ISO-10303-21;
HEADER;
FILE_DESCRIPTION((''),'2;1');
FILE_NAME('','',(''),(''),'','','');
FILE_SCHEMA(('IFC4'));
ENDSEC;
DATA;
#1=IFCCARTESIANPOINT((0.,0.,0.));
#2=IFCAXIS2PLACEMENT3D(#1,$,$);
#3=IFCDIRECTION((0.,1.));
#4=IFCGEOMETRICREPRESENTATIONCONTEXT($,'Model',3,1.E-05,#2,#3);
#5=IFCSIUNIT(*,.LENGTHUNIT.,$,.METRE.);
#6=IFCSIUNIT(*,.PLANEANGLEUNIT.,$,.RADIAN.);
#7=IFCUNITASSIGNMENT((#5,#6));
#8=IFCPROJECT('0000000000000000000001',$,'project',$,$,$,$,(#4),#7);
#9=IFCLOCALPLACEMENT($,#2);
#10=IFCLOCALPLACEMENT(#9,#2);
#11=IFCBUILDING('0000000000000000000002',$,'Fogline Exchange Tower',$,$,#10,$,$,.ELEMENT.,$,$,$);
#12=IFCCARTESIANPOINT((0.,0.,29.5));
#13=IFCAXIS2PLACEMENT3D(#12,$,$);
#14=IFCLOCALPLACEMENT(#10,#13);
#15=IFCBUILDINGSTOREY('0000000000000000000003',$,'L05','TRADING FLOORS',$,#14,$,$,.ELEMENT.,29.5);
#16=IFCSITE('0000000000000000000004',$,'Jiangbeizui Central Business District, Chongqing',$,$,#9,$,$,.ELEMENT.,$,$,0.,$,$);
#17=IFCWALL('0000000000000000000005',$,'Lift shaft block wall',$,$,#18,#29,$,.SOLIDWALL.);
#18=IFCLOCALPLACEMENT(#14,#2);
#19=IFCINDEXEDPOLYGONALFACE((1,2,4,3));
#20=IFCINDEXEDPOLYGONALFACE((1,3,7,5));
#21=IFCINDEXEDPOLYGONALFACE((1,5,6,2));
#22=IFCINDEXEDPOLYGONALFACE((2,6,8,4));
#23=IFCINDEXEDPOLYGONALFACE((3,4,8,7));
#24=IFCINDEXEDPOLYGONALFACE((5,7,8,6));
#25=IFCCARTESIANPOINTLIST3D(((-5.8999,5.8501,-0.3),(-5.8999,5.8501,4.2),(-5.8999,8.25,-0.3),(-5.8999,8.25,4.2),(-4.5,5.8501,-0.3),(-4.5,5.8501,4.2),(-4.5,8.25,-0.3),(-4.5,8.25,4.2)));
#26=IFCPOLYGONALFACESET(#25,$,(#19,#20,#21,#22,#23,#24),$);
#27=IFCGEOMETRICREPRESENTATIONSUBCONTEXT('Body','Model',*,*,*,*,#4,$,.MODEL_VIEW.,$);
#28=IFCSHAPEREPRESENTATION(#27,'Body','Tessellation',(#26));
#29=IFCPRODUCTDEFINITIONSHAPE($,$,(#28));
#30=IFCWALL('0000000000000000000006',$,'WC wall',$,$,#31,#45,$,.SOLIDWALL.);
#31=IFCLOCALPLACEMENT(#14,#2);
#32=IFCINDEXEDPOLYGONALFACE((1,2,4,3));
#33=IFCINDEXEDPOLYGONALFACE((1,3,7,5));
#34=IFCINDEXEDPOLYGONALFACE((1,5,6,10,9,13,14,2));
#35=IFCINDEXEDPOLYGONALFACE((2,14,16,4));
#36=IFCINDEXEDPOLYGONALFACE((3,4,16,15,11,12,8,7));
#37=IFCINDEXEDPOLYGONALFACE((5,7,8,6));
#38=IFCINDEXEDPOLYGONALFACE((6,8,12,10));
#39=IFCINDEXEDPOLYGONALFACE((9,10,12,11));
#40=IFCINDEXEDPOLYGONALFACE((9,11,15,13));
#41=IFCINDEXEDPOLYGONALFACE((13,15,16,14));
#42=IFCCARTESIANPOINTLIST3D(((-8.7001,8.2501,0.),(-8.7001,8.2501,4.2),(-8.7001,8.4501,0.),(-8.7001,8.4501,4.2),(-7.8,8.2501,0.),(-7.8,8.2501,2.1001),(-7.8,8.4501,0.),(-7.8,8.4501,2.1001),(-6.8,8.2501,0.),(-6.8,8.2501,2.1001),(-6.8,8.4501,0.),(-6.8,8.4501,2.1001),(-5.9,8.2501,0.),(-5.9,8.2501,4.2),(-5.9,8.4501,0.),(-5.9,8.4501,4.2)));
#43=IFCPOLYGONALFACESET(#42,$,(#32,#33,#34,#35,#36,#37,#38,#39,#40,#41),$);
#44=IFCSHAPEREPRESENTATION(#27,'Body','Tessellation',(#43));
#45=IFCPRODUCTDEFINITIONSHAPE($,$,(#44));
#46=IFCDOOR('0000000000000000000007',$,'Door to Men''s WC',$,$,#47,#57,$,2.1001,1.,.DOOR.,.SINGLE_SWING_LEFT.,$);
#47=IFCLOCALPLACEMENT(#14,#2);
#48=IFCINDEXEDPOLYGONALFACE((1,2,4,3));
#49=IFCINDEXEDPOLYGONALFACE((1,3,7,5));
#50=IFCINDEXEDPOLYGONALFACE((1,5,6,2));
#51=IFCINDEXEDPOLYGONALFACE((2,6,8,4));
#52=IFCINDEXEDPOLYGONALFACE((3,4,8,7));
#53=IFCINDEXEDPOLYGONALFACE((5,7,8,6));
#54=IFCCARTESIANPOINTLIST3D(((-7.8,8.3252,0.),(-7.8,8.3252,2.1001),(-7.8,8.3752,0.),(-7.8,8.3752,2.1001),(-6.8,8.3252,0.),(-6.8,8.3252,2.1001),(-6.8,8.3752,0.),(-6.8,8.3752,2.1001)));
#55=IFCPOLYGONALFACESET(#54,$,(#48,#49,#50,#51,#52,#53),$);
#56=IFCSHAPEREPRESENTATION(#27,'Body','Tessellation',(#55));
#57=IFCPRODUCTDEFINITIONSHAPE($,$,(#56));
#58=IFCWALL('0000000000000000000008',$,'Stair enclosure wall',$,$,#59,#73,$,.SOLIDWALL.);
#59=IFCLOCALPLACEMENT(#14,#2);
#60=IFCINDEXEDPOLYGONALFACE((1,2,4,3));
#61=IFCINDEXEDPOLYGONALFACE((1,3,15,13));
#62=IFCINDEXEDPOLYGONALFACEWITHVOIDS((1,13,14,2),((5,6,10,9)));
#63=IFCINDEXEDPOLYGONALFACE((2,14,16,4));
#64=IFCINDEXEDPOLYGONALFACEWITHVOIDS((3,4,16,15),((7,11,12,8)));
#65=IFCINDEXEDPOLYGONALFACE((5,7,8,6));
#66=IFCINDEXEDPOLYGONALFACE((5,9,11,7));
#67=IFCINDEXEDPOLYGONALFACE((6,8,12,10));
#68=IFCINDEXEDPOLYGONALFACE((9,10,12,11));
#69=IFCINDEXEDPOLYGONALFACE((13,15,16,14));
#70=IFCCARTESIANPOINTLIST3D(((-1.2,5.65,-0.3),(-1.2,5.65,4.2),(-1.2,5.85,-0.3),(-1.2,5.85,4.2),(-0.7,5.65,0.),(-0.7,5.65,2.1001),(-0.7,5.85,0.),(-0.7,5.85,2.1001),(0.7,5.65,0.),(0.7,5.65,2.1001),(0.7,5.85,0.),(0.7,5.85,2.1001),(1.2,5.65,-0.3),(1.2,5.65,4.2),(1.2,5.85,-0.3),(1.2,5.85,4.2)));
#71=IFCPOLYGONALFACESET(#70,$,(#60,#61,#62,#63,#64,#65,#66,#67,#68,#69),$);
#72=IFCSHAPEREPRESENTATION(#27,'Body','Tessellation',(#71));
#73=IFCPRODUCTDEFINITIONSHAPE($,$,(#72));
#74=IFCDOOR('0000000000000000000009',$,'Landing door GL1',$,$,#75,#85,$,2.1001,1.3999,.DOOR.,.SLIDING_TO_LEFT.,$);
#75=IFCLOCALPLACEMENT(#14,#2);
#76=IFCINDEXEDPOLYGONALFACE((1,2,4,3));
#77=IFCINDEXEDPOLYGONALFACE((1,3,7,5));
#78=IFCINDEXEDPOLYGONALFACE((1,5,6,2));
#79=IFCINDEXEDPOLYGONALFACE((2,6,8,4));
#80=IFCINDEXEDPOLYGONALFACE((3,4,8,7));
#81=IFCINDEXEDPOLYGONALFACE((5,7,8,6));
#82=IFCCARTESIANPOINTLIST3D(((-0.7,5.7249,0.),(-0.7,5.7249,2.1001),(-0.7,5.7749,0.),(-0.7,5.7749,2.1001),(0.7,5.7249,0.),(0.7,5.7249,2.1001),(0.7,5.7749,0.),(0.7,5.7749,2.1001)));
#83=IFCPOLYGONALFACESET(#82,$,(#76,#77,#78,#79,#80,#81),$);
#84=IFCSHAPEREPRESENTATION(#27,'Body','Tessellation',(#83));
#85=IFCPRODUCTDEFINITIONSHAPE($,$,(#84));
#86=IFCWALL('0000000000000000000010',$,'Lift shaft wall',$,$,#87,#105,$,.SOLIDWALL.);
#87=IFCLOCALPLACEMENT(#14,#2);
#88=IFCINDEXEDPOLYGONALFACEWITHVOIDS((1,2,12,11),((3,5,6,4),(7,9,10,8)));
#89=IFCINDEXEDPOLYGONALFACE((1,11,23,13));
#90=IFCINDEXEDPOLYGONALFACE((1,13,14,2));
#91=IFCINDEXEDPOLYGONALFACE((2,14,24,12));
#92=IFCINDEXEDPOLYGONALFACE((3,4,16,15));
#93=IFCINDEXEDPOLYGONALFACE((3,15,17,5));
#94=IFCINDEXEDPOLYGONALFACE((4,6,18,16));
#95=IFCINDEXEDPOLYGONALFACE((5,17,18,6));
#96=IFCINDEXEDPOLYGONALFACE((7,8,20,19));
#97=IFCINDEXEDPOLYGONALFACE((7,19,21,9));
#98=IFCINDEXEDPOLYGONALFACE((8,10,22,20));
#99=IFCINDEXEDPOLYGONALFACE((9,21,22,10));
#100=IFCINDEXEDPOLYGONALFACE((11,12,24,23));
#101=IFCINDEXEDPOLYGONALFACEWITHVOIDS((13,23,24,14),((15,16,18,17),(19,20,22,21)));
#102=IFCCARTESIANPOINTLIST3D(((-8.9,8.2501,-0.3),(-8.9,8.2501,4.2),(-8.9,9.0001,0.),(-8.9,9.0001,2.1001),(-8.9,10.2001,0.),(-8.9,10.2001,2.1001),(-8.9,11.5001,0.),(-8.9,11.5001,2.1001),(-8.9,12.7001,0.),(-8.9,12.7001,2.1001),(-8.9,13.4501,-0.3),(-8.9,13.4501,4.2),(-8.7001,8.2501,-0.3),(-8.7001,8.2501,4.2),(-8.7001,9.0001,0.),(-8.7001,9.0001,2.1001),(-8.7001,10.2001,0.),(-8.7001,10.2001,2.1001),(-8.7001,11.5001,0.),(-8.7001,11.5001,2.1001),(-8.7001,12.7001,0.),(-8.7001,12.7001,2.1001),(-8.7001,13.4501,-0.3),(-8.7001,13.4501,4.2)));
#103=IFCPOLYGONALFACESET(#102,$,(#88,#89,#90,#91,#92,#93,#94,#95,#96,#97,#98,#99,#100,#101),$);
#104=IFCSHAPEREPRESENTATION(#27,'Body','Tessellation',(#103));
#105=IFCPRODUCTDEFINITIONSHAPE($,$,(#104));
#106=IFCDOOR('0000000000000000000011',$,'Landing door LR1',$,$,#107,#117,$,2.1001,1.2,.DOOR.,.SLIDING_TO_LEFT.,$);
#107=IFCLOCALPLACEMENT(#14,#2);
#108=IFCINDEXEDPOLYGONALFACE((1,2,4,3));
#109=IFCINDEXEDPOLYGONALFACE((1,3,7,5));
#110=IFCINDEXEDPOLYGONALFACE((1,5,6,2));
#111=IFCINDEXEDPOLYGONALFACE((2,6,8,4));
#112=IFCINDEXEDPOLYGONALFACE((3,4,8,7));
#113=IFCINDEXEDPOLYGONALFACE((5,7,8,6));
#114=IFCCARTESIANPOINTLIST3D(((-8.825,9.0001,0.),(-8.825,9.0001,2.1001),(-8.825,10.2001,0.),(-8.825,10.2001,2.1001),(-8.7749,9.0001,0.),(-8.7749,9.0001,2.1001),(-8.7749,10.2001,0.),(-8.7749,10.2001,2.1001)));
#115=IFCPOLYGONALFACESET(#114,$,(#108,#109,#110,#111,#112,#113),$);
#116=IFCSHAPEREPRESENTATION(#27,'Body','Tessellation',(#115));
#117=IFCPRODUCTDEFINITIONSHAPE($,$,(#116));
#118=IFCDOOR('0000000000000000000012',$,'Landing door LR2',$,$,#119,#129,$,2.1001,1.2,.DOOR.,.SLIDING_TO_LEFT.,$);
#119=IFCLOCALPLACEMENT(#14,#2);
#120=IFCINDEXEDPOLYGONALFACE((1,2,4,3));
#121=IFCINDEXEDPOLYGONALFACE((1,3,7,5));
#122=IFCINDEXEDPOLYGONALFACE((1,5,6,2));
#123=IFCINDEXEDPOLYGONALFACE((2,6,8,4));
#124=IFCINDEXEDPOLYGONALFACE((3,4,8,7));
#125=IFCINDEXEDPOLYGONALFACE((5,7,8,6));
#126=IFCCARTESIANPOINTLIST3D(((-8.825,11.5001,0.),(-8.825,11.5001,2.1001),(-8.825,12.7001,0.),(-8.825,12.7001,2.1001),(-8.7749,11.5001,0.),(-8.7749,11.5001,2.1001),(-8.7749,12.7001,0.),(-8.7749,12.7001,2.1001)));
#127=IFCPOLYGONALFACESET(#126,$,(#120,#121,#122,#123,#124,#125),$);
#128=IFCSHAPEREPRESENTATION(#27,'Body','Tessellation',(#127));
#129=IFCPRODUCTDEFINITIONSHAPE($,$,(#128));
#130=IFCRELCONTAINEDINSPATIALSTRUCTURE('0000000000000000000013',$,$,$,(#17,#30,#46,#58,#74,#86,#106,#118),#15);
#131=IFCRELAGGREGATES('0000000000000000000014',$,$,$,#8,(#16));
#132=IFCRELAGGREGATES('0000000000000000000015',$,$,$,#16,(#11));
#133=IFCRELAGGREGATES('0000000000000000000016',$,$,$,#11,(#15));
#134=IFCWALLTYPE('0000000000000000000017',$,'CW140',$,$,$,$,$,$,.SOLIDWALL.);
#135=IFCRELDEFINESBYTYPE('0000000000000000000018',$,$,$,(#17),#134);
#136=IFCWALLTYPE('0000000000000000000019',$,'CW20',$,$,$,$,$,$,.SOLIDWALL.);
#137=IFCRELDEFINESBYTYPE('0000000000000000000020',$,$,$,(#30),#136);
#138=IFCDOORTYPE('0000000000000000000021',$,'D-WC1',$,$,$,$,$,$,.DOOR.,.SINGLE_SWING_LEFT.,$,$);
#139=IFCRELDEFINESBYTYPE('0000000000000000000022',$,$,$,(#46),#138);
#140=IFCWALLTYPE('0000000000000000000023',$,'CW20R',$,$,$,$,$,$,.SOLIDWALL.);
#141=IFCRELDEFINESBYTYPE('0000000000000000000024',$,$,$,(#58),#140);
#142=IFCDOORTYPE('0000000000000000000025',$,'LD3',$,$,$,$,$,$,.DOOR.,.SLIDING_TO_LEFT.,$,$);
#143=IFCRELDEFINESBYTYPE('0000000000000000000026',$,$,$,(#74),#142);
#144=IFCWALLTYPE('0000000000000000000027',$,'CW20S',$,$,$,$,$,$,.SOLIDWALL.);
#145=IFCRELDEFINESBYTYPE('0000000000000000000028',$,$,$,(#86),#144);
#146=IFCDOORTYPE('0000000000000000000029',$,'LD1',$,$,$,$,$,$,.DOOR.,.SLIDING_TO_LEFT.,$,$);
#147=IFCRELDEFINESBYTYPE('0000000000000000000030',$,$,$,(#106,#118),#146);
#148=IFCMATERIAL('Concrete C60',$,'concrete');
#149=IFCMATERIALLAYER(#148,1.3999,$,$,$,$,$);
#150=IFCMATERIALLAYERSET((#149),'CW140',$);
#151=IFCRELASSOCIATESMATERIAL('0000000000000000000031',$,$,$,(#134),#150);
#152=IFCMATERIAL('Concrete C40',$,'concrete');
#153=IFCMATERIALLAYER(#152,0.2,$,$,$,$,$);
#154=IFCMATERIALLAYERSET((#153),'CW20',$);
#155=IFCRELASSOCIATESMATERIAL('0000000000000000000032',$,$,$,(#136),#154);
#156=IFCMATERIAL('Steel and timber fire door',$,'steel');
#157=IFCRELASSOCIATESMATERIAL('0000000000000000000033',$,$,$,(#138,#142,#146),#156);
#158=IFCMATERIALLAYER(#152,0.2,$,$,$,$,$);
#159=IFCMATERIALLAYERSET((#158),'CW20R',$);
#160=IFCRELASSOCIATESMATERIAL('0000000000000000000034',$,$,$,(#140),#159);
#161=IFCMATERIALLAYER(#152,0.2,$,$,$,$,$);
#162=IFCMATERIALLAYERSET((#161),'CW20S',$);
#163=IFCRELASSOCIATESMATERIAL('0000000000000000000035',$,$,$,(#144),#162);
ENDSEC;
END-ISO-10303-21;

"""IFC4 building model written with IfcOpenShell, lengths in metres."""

from ifc_helpers import new_model, si_unit, direction, frame, frame_2d, origin, place, context, subcontext, project, spatial, rectangle, extrude, material, layer, layer_set, type_object, element, fill, save


model = new_model("IFC4")

# Units and contexts
model_context = context("Model", 3, precision=1e-05, world=origin(), true_north=direction((0.0, 1.0)))
body_context = subcontext(model_context, "Body", "Model", "MODEL_VIEW")
ifc_project = project(units=[si_unit("LENGTHUNIT", "METRE"), si_unit("PLANEANGLEUNIT", "RADIAN")], contexts=[model_context])

# Site, building, storey
site_placement = place(None, origin())
site = spatial("IfcSite", under=ifc_project, at=site_placement, Name="Jiangbeizui Central Business District, Chongqing", CompositionType="ELEMENT", RefElevation=0.0)
building_placement = place(site_placement, origin())
building = spatial("IfcBuilding", under=site, at=building_placement, Name="Fogline Exchange Tower", CompositionType="ELEMENT")
storey_placement = place(building_placement, frame((0.0, 0.0, 29.5)))
storey = spatial("IfcBuildingStorey", under=building, at=storey_placement, Name="L05", Description="TRADING FLOORS", CompositionType="ELEMENT", Elevation=29.5)

# Wall
ifc_material_1 = material(Name="Concrete C60", Category="concrete")
ifc_layer_1 = layer(ifc_material_1, 1.3999)
ifc_layer_set_1 = layer_set([ifc_layer_1], Name="CW140")
wall_type_1 = type_object("IfcWallType", Name="CW140", PredefinedType="SOLIDWALL", material=ifc_layer_set_1)
wall_1_placement = place(storey_placement, frame((-5.2, 5.8501, -0.3), z_axis=(0.0, 0.0, 1.0), x_axis=(0.0, 1.0, 0.0)))
element("IfcWall", 1, at=wall_1_placement, inside=storey, type_object=wall_type_1, Name="Lift shaft block wall", PredefinedType="SOLIDWALL", context=body_context, shape_type="SweptSolid", body=[
    extrude(rectangle(XDim=2.3999, YDim=1.3999, at=frame_2d((1.2, 0.0))), origin(), (0.0, 0.0, 1.0), 4.5),
])

# Walls, openings, doors
ifc_material_2 = material(Name="Concrete C40", Category="concrete")
ifc_layer_2 = layer(ifc_material_2, 0.2)
ifc_layer_set_2 = layer_set([ifc_layer_2], Name="CW20")
wall_type_2 = type_object("IfcWallType", Name="CW20", PredefinedType="SOLIDWALL", material=ifc_layer_set_2)
wall_2_placement = place(storey_placement, frame((-8.7, 8.3501, 0.0), z_axis=(0.0, 0.0, 1.0), x_axis=(1.0, 0.0, 0.0)))
wall_2 = element("IfcWall", 2, at=wall_2_placement, inside=storey, type_object=wall_type_2, Name="WC wall", PredefinedType="SOLIDWALL", context=body_context, shape_type="SweptSolid", body=[
    extrude(rectangle(XDim=2.8, YDim=0.2, at=frame_2d((1.3999, 0.0))), origin(), (0.0, 0.0, 1.0), 4.2),
])
opening_1_placement = place(wall_2_placement, frame((0.8999, 0.0, 0.0)))
opening_1 = element("IfcOpeningElement", 3, at=opening_1_placement, cuts=wall_2, PredefinedType="OPENING", context=body_context, shape_type="SweptSolid", body=[
    extrude(rectangle(XDim=1.0, YDim=2.1001, at=frame_2d((0.5, 1.05))), frame((0.0, 0.1099, 0.0), z_axis=(0.0, -1.0, 0.0), x_axis=(1.0, 0.0, 0.0)), (0.0, 0.0, 1.0), 0.22),
])
ifc_material_3 = material(Name="Steel and timber fire door", Category="steel")
door_type_1 = type_object("IfcDoorType", Name="D-WC1", OperationType="SINGLE_SWING_LEFT", PredefinedType="DOOR", material=ifc_material_3)
door_1_placement = place(opening_1_placement, frame((1.0, 0.0, 0.0), z_axis=(0.0, 0.0, 1.0), x_axis=(-1.0, 0.0, 0.0)))
door_1 = element("IfcDoor", 4, at=door_1_placement, inside=storey, type_object=door_type_1, Name="Door to Men's WC", OperationType="SINGLE_SWING_LEFT", OverallHeight=2.1001, OverallWidth=1.0, PredefinedType="DOOR", context=body_context, shape_type="SweptSolid", body=[
    extrude(rectangle(XDim=1.0, YDim=2.1001, at=frame_2d((0.5, 1.05))), frame((0.0, 0.0249, 0.0), z_axis=(0.0, -1.0, 0.0), x_axis=(1.0, 0.0, 0.0)), (0.0, 0.0, 1.0), 0.05),
])
fill(opening_1, door_1)
ifc_layer_3 = layer(ifc_material_2, 0.2)
ifc_layer_set_3 = layer_set([ifc_layer_3], Name="CW20R")
wall_type_3 = type_object("IfcWallType", Name="CW20R", PredefinedType="SOLIDWALL", material=ifc_layer_set_3)
wall_3_placement = place(storey_placement, frame((-1.2, 5.75, -0.3), z_axis=(0.0, 0.0, 1.0), x_axis=(1.0, 0.0, 0.0)))
wall_3 = element("IfcWall", 5, at=wall_3_placement, inside=storey, type_object=wall_type_3, Name="Stair enclosure wall", PredefinedType="SOLIDWALL", context=body_context, shape_type="SweptSolid", body=[
    extrude(rectangle(XDim=2.3999, YDim=0.2, at=frame_2d((1.2, 0.0))), origin(), (0.0, 0.0, 1.0), 4.5),
])
opening_2_placement = place(wall_3_placement, frame((0.5, 0.0, 0.3)))
opening_2 = element("IfcOpeningElement", 6, at=opening_2_placement, cuts=wall_3, PredefinedType="OPENING", context=body_context, shape_type="SweptSolid", body=[
    extrude(rectangle(XDim=1.3999, YDim=2.1001, at=frame_2d((0.7, 1.05))), frame((0.0, 0.1099, 0.0), z_axis=(0.0, -1.0, 0.0), x_axis=(1.0, 0.0, 0.0)), (0.0, 0.0, 1.0), 0.22),
])
door_type_2 = type_object("IfcDoorType", Name="LD3", OperationType="SLIDING_TO_LEFT", PredefinedType="DOOR", material=ifc_material_3)
door_2_placement = place(opening_2_placement, origin())
door_2 = element("IfcDoor", 7, at=door_2_placement, inside=storey, type_object=door_type_2, Name="Landing door GL1", OperationType="SLIDING_TO_LEFT", OverallHeight=2.1001, OverallWidth=1.3999, PredefinedType="DOOR", context=body_context, shape_type="SweptSolid", body=[
    extrude(rectangle(XDim=1.3999, YDim=2.1001, at=frame_2d((0.7, 1.05))), frame((0.0, 0.0249, 0.0), z_axis=(0.0, -1.0, 0.0), x_axis=(1.0, 0.0, 0.0)), (0.0, 0.0, 1.0), 0.05),
])
fill(opening_2, door_2)

# Wall, openings, doors
ifc_layer_4 = layer(ifc_material_2, 0.2)
ifc_layer_set_4 = layer_set([ifc_layer_4], Name="CW20S")
wall_type_4 = type_object("IfcWallType", Name="CW20S", PredefinedType="SOLIDWALL", material=ifc_layer_set_4)
wall_4_placement = place(storey_placement, frame((-8.8, 8.25, -0.3), z_axis=(0.0, 0.0, 1.0), x_axis=(0.0, 1.0, 0.0)))
wall_4 = element("IfcWall", 8, at=wall_4_placement, inside=storey, type_object=wall_type_4, Name="Lift shaft wall", PredefinedType="SOLIDWALL", context=body_context, shape_type="SweptSolid", body=[
    extrude(rectangle(XDim=5.2, YDim=0.2, at=frame_2d((2.6001, 0.0))), origin(), (0.0, 0.0, 1.0), 4.5),
])
opening_3_placement = place(wall_4_placement, frame((0.75, 0.0, 0.3)))
opening_3 = element("IfcOpeningElement", 9, at=opening_3_placement, cuts=wall_4, PredefinedType="OPENING", context=body_context, shape_type="SweptSolid", body=[
    extrude(rectangle(XDim=1.2, YDim=2.1001, at=frame_2d((0.6001, 1.05))), frame((0.0, 0.1099, 0.0), z_axis=(0.0, -1.0, 0.0), x_axis=(1.0, 0.0, 0.0)), (0.0, 0.0, 1.0), 0.22),
])
opening_4_placement = place(wall_4_placement, frame((3.25, 0.0, 0.3)))
opening_4 = element("IfcOpeningElement", 10, at=opening_4_placement, cuts=wall_4, PredefinedType="OPENING", context=body_context, shape_type="SweptSolid", body=[
    extrude(rectangle(XDim=1.2, YDim=2.1001, at=frame_2d((0.6001, 1.05))), frame((0.0, 0.1099, 0.0), z_axis=(0.0, -1.0, 0.0), x_axis=(1.0, 0.0, 0.0)), (0.0, 0.0, 1.0), 0.22),
])
door_type_3 = type_object("IfcDoorType", Name="LD1", OperationType="SLIDING_TO_LEFT", PredefinedType="DOOR", material=ifc_material_3)
door_3_placement = place(opening_3_placement, origin())
door_3 = element("IfcDoor", 11, at=door_3_placement, inside=storey, type_object=door_type_3, Name="Landing door LR1", OperationType="SLIDING_TO_LEFT", OverallHeight=2.1001, OverallWidth=1.2, PredefinedType="DOOR", context=body_context, shape_type="SweptSolid", body=[
    extrude(rectangle(XDim=1.2, YDim=2.1001, at=frame_2d((0.6001, 1.05))), frame((0.0, 0.0249, 0.0), z_axis=(0.0, -1.0, 0.0), x_axis=(1.0, 0.0, 0.0)), (0.0, 0.0, 1.0), 0.05),
])
fill(opening_3, door_3)
door_4_placement = place(opening_4_placement, origin())
door_4 = element("IfcDoor", 12, at=door_4_placement, inside=storey, type_object=door_type_3, Name="Landing door LR2", OperationType="SLIDING_TO_LEFT", OverallHeight=2.1001, OverallWidth=1.2, PredefinedType="DOOR", context=body_context, shape_type="SweptSolid", body=[
    extrude(rectangle(XDim=1.2, YDim=2.1001, at=frame_2d((0.6001, 1.05))), frame((0.0, 0.0249, 0.0), z_axis=(0.0, -1.0, 0.0), x_axis=(1.0, 0.0, 0.0)), (0.0, 0.0, 1.0), 0.05),
])
fill(opening_4, door_4)

save(model, "model.ifc")
